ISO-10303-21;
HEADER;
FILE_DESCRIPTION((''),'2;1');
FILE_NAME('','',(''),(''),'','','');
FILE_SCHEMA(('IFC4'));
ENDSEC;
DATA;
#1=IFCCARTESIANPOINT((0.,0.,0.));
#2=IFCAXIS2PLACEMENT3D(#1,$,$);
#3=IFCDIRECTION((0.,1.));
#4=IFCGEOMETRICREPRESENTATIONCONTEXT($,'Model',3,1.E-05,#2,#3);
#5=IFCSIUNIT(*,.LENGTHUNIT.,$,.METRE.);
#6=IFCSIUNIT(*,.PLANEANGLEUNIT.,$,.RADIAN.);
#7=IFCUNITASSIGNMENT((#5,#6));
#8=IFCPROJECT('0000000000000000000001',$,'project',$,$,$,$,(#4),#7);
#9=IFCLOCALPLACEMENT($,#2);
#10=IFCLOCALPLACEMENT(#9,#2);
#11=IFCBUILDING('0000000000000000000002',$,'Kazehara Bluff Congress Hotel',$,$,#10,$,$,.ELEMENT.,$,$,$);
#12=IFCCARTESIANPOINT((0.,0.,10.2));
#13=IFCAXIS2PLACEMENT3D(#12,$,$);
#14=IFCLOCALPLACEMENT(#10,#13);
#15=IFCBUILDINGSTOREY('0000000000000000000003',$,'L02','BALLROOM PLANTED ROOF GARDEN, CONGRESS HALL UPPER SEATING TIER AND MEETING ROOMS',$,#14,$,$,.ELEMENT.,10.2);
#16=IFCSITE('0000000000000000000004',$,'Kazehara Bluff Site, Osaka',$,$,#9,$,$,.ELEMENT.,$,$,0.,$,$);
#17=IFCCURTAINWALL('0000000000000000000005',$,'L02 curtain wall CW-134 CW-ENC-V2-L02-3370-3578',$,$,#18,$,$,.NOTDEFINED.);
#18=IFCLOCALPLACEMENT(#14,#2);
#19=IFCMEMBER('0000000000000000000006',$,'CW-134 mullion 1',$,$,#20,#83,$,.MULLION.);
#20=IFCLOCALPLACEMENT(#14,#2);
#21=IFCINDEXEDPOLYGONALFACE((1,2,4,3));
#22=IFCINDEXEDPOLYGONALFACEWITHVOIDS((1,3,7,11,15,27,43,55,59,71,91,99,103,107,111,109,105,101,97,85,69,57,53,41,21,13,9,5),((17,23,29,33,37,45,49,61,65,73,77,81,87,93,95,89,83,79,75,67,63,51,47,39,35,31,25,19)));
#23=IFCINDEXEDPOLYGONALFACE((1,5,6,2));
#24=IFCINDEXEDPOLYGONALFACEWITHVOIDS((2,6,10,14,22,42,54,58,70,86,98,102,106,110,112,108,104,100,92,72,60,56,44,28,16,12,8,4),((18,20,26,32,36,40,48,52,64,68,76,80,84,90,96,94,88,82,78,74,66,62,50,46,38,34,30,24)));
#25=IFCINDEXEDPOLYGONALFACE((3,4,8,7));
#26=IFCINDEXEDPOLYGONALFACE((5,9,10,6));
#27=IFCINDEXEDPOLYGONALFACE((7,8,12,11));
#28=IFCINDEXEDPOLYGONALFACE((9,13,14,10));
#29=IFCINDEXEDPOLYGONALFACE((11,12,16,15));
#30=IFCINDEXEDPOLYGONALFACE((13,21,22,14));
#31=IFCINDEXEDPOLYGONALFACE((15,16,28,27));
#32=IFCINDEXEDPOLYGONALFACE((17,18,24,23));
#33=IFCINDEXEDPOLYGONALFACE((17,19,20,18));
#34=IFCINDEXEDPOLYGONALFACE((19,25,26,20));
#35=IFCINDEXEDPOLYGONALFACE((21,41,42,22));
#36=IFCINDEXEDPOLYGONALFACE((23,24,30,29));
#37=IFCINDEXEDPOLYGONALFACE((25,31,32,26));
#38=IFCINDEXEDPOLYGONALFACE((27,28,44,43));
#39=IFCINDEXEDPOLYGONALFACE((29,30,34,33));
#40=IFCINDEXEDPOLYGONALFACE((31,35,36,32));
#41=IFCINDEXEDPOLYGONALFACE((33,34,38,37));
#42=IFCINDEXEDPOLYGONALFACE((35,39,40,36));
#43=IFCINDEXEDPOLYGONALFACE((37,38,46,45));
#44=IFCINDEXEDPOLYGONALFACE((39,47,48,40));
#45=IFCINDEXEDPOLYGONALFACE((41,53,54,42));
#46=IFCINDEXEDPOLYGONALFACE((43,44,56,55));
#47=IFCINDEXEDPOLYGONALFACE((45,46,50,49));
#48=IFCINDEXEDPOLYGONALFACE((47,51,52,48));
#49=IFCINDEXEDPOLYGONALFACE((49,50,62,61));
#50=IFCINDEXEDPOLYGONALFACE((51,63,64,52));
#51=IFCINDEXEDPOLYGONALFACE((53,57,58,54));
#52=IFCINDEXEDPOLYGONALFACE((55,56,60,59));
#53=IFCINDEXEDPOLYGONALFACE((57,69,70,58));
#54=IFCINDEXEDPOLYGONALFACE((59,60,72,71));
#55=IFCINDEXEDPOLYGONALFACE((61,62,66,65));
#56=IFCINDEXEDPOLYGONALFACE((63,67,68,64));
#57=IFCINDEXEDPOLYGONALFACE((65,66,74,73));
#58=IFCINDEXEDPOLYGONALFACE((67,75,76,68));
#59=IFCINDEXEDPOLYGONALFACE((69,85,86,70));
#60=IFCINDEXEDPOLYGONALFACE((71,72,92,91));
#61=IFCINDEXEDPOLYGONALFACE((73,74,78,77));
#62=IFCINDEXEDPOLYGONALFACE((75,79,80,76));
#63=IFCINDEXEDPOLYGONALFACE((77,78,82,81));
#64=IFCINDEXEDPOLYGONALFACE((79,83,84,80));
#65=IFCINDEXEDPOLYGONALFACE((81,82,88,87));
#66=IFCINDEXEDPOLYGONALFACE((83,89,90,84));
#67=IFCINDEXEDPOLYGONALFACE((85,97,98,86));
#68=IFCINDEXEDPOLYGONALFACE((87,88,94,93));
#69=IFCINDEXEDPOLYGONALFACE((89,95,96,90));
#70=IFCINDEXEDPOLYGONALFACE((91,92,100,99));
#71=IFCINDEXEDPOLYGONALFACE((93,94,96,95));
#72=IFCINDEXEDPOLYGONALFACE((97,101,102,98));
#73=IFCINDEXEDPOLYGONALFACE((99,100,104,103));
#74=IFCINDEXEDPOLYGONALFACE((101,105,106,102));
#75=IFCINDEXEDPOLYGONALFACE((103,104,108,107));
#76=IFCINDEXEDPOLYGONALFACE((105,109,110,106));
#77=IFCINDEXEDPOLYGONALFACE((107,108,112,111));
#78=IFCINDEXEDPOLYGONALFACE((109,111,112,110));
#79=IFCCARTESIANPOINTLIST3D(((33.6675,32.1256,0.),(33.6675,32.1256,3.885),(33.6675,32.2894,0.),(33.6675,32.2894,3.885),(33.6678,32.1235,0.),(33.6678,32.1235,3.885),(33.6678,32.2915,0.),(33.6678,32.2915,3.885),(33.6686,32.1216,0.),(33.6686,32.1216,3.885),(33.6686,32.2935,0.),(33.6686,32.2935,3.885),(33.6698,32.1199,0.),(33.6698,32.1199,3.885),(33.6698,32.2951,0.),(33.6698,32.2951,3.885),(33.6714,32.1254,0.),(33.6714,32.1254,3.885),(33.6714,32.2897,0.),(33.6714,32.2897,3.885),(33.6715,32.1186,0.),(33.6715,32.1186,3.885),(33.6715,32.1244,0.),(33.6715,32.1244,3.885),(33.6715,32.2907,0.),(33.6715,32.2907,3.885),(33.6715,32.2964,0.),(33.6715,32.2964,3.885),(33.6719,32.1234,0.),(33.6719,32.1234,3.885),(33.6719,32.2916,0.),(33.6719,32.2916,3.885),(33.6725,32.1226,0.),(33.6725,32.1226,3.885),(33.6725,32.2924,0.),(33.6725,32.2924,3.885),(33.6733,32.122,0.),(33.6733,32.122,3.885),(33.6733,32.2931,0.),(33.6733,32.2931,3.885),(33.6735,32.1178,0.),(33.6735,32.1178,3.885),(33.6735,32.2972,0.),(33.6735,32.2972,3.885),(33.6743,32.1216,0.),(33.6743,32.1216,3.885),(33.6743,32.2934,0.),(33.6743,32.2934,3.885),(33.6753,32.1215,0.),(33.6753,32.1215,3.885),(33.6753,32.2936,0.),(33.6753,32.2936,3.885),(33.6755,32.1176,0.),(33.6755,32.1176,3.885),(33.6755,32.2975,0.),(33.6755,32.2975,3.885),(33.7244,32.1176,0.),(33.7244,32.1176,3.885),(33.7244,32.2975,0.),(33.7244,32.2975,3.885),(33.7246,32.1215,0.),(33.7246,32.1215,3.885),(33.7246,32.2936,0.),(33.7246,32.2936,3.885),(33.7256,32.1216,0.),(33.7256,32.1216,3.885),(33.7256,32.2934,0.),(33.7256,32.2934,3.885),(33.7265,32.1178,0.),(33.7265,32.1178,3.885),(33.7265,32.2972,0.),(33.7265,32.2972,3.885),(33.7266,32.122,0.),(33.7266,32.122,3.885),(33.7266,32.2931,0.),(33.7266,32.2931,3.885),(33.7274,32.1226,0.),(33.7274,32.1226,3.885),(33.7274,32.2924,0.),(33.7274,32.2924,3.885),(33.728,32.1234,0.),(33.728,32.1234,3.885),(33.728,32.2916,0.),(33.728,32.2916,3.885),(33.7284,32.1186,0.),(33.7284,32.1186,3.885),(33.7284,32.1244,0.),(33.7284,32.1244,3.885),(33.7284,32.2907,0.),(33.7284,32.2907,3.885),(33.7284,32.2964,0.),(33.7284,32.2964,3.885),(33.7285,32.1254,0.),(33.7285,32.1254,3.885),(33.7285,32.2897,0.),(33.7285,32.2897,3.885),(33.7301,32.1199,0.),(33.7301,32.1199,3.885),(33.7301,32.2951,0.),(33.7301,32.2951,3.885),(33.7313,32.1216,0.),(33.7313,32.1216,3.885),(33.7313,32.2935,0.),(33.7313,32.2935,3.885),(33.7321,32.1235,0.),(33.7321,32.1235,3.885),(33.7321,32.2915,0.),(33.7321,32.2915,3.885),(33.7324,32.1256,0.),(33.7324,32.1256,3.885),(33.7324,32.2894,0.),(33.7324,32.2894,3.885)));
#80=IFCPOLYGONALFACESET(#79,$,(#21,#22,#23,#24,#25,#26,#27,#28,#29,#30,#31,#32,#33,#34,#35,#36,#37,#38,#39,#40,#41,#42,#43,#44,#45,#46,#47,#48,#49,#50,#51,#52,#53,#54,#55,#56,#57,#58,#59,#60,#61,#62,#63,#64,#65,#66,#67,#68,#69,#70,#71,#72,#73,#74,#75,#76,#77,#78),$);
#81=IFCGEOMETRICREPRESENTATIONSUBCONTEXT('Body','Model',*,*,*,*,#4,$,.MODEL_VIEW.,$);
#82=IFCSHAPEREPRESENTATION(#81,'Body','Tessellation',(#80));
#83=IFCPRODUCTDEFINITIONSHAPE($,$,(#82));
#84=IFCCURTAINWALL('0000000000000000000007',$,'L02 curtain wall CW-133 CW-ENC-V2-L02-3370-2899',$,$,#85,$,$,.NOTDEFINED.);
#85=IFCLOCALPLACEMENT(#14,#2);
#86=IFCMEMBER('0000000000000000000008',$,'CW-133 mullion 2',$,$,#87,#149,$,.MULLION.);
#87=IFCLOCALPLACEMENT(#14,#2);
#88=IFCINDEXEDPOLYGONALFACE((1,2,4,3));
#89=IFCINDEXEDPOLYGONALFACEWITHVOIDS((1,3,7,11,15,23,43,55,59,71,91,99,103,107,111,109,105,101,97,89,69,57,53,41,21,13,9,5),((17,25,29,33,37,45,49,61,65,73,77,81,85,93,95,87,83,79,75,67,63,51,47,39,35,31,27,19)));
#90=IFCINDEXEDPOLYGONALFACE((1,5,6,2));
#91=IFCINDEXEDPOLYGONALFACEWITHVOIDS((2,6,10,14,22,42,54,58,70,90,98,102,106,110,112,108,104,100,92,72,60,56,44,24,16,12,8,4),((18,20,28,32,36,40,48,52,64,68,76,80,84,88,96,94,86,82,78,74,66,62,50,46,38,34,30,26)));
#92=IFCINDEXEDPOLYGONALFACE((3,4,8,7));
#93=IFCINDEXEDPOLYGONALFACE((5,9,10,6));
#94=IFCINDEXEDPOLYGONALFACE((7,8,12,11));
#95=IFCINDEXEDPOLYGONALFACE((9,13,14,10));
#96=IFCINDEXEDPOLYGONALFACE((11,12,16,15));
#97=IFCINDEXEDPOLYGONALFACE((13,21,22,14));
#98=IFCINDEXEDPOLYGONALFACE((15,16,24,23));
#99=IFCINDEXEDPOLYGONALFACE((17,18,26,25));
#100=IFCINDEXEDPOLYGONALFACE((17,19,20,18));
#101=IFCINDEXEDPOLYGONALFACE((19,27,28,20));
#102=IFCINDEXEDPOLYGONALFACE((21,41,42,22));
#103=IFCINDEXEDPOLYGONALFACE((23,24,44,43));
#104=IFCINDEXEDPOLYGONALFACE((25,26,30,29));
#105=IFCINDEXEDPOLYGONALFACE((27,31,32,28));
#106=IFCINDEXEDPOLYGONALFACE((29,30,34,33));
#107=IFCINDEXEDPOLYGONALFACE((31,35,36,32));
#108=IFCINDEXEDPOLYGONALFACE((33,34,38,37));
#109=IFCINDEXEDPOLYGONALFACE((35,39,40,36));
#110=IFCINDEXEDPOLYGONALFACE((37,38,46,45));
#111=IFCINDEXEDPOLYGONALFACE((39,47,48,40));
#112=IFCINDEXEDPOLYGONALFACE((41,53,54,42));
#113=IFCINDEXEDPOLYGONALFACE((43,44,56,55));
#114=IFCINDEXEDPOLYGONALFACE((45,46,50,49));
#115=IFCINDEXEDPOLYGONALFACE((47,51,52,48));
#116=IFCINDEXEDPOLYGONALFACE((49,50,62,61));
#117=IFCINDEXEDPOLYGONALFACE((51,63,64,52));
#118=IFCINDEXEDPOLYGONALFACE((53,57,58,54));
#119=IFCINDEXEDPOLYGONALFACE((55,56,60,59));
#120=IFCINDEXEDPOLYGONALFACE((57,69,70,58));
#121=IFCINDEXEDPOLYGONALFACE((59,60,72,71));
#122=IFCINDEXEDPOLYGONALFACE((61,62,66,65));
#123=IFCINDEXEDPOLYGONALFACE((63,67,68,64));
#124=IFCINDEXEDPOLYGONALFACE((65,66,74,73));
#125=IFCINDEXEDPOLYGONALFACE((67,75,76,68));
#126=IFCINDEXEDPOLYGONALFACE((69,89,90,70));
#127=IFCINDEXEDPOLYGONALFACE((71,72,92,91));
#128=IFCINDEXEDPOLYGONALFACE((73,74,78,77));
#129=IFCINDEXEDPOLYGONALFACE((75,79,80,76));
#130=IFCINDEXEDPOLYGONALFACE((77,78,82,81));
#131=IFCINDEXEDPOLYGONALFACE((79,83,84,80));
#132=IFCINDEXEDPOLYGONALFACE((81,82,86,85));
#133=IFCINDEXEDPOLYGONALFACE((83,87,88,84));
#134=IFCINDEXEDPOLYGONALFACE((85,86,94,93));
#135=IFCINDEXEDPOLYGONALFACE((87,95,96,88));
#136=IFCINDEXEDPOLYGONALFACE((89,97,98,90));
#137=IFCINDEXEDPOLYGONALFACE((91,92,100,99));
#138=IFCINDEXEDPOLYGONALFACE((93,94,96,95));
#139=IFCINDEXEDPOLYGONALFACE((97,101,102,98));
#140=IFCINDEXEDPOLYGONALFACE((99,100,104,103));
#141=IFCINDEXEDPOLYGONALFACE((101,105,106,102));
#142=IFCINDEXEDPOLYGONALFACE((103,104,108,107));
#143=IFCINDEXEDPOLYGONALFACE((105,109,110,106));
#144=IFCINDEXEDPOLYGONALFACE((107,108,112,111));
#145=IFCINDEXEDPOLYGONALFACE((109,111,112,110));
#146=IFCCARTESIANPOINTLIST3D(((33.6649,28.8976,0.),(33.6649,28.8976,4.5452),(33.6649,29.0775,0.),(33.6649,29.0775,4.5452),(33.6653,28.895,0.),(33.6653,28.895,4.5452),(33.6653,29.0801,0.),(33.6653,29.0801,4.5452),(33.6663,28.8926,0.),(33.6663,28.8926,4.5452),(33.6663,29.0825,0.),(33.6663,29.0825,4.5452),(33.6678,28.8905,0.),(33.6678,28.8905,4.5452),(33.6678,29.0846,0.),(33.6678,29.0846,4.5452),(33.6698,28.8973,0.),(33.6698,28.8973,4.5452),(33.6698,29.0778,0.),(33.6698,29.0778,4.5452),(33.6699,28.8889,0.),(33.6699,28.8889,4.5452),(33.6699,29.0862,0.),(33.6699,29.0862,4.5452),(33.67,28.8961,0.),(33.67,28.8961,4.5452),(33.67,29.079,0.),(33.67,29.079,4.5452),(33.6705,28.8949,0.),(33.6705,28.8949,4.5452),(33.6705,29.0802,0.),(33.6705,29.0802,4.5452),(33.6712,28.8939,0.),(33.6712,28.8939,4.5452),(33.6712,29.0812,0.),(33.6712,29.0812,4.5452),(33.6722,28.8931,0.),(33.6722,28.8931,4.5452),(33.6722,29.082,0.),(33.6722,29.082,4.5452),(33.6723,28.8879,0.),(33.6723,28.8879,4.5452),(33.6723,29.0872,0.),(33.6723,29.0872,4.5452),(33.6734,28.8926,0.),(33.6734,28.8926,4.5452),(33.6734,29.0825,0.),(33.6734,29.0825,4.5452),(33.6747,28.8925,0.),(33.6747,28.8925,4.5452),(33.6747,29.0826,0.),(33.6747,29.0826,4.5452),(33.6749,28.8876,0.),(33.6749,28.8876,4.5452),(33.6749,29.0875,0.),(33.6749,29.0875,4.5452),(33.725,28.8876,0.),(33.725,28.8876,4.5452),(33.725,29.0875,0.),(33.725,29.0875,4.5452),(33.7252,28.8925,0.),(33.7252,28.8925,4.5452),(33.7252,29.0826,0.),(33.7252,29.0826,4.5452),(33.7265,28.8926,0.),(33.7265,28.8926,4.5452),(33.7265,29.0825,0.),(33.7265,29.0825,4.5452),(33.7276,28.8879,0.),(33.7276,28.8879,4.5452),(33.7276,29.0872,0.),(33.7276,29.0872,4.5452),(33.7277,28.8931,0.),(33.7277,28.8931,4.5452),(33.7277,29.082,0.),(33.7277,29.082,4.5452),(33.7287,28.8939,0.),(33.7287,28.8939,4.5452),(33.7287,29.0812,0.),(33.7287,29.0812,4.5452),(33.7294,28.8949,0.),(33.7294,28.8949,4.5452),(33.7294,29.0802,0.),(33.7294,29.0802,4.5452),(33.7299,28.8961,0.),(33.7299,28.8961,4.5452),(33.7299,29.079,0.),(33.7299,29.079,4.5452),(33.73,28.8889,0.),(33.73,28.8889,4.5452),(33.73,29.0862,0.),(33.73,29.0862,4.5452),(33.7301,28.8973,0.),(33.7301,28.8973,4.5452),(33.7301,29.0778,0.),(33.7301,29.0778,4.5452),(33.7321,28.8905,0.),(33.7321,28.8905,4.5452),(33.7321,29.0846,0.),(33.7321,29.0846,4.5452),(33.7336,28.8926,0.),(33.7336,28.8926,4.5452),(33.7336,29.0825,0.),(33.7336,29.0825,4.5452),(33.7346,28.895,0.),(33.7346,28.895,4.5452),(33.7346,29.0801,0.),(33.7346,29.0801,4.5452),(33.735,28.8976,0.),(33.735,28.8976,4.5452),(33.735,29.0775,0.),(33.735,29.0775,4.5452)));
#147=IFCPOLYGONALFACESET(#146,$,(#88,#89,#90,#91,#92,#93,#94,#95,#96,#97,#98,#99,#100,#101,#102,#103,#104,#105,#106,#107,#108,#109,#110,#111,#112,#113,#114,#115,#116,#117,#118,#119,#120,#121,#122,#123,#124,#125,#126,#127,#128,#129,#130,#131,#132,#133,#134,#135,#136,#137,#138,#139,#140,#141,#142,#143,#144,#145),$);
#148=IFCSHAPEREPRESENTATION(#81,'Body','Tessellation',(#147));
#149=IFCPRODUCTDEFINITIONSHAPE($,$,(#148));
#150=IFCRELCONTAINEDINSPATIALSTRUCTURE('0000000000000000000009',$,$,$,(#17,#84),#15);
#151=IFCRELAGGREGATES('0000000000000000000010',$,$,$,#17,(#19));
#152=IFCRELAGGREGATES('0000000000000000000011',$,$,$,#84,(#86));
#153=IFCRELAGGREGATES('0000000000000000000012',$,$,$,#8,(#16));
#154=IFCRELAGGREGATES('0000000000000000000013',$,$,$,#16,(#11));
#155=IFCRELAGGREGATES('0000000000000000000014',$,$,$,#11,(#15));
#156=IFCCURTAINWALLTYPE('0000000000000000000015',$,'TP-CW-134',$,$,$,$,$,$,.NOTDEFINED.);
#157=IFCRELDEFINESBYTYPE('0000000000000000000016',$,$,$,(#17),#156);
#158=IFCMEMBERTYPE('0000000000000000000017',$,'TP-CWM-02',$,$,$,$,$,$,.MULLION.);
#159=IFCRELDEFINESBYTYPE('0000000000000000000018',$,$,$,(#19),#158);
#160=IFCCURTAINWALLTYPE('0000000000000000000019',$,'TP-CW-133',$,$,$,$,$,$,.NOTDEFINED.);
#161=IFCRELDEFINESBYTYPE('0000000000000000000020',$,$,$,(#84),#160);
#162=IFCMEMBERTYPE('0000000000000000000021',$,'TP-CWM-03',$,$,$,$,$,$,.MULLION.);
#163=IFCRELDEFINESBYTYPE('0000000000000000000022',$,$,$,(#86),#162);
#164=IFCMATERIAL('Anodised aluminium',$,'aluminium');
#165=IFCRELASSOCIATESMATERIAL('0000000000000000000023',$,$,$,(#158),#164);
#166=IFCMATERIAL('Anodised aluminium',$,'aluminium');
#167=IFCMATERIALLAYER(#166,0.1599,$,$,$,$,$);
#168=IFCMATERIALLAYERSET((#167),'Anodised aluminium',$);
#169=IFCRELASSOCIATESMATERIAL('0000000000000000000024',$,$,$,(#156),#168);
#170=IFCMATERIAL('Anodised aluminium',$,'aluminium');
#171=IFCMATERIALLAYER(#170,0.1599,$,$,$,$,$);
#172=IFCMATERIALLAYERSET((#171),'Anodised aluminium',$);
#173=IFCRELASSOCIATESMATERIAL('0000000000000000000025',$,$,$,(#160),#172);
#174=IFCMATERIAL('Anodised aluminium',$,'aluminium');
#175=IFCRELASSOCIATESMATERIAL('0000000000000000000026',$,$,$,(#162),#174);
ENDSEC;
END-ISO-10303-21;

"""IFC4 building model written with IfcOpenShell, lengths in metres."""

from ifc_helpers import new_model, si_unit, direction, frame, origin, origin_2d, place, context, subcontext, project, spatial, hollow_rectangle, extrude, material, layer, layer_set, material_profile, profile_set, type_object, element, aggregate, save


model = new_model("IFC4")

# Units and contexts
model_context = context("Model", 3, precision=1e-05, world=origin(), true_north=direction((0.0, 1.0)))
body_context = subcontext(model_context, "Body", "Model", "MODEL_VIEW")
ifc_project = project(units=[si_unit("LENGTHUNIT", "METRE"), si_unit("PLANEANGLEUNIT", "RADIAN")], contexts=[model_context])

# Site, building, storey
site_placement = place(None, origin())
site = spatial("IfcSite", under=ifc_project, at=site_placement, Name="Kazehara Bluff Site, Osaka", CompositionType="ELEMENT", RefElevation=0.0)
building_placement = place(site_placement, origin())
building = spatial("IfcBuilding", under=site, at=building_placement, Name="Kazehara Bluff Congress Hotel", CompositionType="ELEMENT")
storey_placement = place(building_placement, frame((0.0, 0.0, 10.2)))
storey = spatial("IfcBuildingStorey", under=building, at=storey_placement, Name="L02", Description="BALLROOM PLANTED ROOF GARDEN, CONGRESS HALL UPPER SEATING TIER AND MEETING ROOMS", CompositionType="ELEMENT", Elevation=10.2)

# Curtain wall, member
ifc_material_1 = material(Name="Anodised aluminium", Category="aluminium")
ifc_material_profile_1 = material_profile(ifc_material_1, hollow_rectangle(XDim=0.0649, YDim=0.1799, WallThickness=0.0039, InnerFilletRadius=0.0039, OuterFilletRadius=0.0081, at=origin_2d()))
ifc_profile_set_1 = profile_set([ifc_material_profile_1], Name="Anodised aluminium")
member_type_1 = type_object("IfcMemberType", Name="TP-CWM-02", PredefinedType="MULLION", material=ifc_profile_set_1)
ifc_material_2 = material(Name="Anodised aluminium", Category="aluminium")
ifc_layer_1 = layer(ifc_material_2, 0.1599)
ifc_layer_set_1 = layer_set([ifc_layer_1], Name="Anodised aluminium")
curtain_wall_type_1 = type_object("IfcCurtainWallType", Name="TP-CW-134", PredefinedType="NOTDEFINED", material=ifc_layer_set_1)
curtain_wall_1_placement = place(storey_placement, origin())
curtain_wall_1 = element("IfcCurtainWall", 1, at=curtain_wall_1_placement, inside=storey, type_object=curtain_wall_type_1, Name="L02 curtain wall CW-134 CW-ENC-V2-L02-3370-3578", PredefinedType="NOTDEFINED")
member_1_placement = place(storey_placement, frame((33.7, 32.2075, 0.0), z_axis=(0.0, 0.0, 1.0), x_axis=(-1.0, 0.0, 0.0)))
member_1 = element("IfcMember", 2, at=member_1_placement, type_object=member_type_1, Name="CW-134 mullion 1", PredefinedType="MULLION", context=body_context, shape_type="SweptSolid", body=[
    extrude(hollow_rectangle(XDim=0.0649, YDim=0.1799, WallThickness=0.0039, InnerFilletRadius=0.0039, OuterFilletRadius=0.0081, at=origin_2d()), origin(), (0.0, 0.0, 1.0), 3.885),
])

# Curtain wall, member
ifc_material_3 = material(Name="Anodised aluminium", Category="aluminium")
ifc_layer_2 = layer(ifc_material_3, 0.1599)
ifc_layer_set_2 = layer_set([ifc_layer_2], Name="Anodised aluminium")
curtain_wall_type_2 = type_object("IfcCurtainWallType", Name="TP-CW-133", PredefinedType="NOTDEFINED", material=ifc_layer_set_2)
curtain_wall_2_placement = place(storey_placement, origin())
curtain_wall_2 = element("IfcCurtainWall", 3, at=curtain_wall_2_placement, inside=storey, type_object=curtain_wall_type_2, Name="L02 curtain wall CW-133 CW-ENC-V2-L02-3370-2899", PredefinedType="NOTDEFINED")
ifc_material_4 = material(Name="Anodised aluminium", Category="aluminium")
ifc_material_profile_2 = material_profile(ifc_material_4, hollow_rectangle(XDim=0.0701, YDim=0.2, WallThickness=0.0049, InnerFilletRadius=0.0049, OuterFilletRadius=0.01, at=origin_2d()))
ifc_profile_set_2 = profile_set([ifc_material_profile_2], Name="Anodised aluminium")
member_type_2 = type_object("IfcMemberType", Name="TP-CWM-03", PredefinedType="MULLION", material=ifc_profile_set_2)
member_2_placement = place(storey_placement, frame((33.7, 28.9875, 0.0), z_axis=(0.0, 0.0, 1.0), x_axis=(-1.0, 0.0, 0.0)))
member_2 = element("IfcMember", 4, at=member_2_placement, type_object=member_type_2, Name="CW-133 mullion 2", PredefinedType="MULLION", context=body_context, shape_type="SweptSolid", body=[
    extrude(hollow_rectangle(XDim=0.0701, YDim=0.2, WallThickness=0.0049, InnerFilletRadius=0.0049, OuterFilletRadius=0.01, at=origin_2d()), origin(), (0.0, 0.0, 1.0), 4.5452),
])

aggregate(curtain_wall_1, [member_1])

aggregate(curtain_wall_2, [member_2])

save(model, "model.ifc")
